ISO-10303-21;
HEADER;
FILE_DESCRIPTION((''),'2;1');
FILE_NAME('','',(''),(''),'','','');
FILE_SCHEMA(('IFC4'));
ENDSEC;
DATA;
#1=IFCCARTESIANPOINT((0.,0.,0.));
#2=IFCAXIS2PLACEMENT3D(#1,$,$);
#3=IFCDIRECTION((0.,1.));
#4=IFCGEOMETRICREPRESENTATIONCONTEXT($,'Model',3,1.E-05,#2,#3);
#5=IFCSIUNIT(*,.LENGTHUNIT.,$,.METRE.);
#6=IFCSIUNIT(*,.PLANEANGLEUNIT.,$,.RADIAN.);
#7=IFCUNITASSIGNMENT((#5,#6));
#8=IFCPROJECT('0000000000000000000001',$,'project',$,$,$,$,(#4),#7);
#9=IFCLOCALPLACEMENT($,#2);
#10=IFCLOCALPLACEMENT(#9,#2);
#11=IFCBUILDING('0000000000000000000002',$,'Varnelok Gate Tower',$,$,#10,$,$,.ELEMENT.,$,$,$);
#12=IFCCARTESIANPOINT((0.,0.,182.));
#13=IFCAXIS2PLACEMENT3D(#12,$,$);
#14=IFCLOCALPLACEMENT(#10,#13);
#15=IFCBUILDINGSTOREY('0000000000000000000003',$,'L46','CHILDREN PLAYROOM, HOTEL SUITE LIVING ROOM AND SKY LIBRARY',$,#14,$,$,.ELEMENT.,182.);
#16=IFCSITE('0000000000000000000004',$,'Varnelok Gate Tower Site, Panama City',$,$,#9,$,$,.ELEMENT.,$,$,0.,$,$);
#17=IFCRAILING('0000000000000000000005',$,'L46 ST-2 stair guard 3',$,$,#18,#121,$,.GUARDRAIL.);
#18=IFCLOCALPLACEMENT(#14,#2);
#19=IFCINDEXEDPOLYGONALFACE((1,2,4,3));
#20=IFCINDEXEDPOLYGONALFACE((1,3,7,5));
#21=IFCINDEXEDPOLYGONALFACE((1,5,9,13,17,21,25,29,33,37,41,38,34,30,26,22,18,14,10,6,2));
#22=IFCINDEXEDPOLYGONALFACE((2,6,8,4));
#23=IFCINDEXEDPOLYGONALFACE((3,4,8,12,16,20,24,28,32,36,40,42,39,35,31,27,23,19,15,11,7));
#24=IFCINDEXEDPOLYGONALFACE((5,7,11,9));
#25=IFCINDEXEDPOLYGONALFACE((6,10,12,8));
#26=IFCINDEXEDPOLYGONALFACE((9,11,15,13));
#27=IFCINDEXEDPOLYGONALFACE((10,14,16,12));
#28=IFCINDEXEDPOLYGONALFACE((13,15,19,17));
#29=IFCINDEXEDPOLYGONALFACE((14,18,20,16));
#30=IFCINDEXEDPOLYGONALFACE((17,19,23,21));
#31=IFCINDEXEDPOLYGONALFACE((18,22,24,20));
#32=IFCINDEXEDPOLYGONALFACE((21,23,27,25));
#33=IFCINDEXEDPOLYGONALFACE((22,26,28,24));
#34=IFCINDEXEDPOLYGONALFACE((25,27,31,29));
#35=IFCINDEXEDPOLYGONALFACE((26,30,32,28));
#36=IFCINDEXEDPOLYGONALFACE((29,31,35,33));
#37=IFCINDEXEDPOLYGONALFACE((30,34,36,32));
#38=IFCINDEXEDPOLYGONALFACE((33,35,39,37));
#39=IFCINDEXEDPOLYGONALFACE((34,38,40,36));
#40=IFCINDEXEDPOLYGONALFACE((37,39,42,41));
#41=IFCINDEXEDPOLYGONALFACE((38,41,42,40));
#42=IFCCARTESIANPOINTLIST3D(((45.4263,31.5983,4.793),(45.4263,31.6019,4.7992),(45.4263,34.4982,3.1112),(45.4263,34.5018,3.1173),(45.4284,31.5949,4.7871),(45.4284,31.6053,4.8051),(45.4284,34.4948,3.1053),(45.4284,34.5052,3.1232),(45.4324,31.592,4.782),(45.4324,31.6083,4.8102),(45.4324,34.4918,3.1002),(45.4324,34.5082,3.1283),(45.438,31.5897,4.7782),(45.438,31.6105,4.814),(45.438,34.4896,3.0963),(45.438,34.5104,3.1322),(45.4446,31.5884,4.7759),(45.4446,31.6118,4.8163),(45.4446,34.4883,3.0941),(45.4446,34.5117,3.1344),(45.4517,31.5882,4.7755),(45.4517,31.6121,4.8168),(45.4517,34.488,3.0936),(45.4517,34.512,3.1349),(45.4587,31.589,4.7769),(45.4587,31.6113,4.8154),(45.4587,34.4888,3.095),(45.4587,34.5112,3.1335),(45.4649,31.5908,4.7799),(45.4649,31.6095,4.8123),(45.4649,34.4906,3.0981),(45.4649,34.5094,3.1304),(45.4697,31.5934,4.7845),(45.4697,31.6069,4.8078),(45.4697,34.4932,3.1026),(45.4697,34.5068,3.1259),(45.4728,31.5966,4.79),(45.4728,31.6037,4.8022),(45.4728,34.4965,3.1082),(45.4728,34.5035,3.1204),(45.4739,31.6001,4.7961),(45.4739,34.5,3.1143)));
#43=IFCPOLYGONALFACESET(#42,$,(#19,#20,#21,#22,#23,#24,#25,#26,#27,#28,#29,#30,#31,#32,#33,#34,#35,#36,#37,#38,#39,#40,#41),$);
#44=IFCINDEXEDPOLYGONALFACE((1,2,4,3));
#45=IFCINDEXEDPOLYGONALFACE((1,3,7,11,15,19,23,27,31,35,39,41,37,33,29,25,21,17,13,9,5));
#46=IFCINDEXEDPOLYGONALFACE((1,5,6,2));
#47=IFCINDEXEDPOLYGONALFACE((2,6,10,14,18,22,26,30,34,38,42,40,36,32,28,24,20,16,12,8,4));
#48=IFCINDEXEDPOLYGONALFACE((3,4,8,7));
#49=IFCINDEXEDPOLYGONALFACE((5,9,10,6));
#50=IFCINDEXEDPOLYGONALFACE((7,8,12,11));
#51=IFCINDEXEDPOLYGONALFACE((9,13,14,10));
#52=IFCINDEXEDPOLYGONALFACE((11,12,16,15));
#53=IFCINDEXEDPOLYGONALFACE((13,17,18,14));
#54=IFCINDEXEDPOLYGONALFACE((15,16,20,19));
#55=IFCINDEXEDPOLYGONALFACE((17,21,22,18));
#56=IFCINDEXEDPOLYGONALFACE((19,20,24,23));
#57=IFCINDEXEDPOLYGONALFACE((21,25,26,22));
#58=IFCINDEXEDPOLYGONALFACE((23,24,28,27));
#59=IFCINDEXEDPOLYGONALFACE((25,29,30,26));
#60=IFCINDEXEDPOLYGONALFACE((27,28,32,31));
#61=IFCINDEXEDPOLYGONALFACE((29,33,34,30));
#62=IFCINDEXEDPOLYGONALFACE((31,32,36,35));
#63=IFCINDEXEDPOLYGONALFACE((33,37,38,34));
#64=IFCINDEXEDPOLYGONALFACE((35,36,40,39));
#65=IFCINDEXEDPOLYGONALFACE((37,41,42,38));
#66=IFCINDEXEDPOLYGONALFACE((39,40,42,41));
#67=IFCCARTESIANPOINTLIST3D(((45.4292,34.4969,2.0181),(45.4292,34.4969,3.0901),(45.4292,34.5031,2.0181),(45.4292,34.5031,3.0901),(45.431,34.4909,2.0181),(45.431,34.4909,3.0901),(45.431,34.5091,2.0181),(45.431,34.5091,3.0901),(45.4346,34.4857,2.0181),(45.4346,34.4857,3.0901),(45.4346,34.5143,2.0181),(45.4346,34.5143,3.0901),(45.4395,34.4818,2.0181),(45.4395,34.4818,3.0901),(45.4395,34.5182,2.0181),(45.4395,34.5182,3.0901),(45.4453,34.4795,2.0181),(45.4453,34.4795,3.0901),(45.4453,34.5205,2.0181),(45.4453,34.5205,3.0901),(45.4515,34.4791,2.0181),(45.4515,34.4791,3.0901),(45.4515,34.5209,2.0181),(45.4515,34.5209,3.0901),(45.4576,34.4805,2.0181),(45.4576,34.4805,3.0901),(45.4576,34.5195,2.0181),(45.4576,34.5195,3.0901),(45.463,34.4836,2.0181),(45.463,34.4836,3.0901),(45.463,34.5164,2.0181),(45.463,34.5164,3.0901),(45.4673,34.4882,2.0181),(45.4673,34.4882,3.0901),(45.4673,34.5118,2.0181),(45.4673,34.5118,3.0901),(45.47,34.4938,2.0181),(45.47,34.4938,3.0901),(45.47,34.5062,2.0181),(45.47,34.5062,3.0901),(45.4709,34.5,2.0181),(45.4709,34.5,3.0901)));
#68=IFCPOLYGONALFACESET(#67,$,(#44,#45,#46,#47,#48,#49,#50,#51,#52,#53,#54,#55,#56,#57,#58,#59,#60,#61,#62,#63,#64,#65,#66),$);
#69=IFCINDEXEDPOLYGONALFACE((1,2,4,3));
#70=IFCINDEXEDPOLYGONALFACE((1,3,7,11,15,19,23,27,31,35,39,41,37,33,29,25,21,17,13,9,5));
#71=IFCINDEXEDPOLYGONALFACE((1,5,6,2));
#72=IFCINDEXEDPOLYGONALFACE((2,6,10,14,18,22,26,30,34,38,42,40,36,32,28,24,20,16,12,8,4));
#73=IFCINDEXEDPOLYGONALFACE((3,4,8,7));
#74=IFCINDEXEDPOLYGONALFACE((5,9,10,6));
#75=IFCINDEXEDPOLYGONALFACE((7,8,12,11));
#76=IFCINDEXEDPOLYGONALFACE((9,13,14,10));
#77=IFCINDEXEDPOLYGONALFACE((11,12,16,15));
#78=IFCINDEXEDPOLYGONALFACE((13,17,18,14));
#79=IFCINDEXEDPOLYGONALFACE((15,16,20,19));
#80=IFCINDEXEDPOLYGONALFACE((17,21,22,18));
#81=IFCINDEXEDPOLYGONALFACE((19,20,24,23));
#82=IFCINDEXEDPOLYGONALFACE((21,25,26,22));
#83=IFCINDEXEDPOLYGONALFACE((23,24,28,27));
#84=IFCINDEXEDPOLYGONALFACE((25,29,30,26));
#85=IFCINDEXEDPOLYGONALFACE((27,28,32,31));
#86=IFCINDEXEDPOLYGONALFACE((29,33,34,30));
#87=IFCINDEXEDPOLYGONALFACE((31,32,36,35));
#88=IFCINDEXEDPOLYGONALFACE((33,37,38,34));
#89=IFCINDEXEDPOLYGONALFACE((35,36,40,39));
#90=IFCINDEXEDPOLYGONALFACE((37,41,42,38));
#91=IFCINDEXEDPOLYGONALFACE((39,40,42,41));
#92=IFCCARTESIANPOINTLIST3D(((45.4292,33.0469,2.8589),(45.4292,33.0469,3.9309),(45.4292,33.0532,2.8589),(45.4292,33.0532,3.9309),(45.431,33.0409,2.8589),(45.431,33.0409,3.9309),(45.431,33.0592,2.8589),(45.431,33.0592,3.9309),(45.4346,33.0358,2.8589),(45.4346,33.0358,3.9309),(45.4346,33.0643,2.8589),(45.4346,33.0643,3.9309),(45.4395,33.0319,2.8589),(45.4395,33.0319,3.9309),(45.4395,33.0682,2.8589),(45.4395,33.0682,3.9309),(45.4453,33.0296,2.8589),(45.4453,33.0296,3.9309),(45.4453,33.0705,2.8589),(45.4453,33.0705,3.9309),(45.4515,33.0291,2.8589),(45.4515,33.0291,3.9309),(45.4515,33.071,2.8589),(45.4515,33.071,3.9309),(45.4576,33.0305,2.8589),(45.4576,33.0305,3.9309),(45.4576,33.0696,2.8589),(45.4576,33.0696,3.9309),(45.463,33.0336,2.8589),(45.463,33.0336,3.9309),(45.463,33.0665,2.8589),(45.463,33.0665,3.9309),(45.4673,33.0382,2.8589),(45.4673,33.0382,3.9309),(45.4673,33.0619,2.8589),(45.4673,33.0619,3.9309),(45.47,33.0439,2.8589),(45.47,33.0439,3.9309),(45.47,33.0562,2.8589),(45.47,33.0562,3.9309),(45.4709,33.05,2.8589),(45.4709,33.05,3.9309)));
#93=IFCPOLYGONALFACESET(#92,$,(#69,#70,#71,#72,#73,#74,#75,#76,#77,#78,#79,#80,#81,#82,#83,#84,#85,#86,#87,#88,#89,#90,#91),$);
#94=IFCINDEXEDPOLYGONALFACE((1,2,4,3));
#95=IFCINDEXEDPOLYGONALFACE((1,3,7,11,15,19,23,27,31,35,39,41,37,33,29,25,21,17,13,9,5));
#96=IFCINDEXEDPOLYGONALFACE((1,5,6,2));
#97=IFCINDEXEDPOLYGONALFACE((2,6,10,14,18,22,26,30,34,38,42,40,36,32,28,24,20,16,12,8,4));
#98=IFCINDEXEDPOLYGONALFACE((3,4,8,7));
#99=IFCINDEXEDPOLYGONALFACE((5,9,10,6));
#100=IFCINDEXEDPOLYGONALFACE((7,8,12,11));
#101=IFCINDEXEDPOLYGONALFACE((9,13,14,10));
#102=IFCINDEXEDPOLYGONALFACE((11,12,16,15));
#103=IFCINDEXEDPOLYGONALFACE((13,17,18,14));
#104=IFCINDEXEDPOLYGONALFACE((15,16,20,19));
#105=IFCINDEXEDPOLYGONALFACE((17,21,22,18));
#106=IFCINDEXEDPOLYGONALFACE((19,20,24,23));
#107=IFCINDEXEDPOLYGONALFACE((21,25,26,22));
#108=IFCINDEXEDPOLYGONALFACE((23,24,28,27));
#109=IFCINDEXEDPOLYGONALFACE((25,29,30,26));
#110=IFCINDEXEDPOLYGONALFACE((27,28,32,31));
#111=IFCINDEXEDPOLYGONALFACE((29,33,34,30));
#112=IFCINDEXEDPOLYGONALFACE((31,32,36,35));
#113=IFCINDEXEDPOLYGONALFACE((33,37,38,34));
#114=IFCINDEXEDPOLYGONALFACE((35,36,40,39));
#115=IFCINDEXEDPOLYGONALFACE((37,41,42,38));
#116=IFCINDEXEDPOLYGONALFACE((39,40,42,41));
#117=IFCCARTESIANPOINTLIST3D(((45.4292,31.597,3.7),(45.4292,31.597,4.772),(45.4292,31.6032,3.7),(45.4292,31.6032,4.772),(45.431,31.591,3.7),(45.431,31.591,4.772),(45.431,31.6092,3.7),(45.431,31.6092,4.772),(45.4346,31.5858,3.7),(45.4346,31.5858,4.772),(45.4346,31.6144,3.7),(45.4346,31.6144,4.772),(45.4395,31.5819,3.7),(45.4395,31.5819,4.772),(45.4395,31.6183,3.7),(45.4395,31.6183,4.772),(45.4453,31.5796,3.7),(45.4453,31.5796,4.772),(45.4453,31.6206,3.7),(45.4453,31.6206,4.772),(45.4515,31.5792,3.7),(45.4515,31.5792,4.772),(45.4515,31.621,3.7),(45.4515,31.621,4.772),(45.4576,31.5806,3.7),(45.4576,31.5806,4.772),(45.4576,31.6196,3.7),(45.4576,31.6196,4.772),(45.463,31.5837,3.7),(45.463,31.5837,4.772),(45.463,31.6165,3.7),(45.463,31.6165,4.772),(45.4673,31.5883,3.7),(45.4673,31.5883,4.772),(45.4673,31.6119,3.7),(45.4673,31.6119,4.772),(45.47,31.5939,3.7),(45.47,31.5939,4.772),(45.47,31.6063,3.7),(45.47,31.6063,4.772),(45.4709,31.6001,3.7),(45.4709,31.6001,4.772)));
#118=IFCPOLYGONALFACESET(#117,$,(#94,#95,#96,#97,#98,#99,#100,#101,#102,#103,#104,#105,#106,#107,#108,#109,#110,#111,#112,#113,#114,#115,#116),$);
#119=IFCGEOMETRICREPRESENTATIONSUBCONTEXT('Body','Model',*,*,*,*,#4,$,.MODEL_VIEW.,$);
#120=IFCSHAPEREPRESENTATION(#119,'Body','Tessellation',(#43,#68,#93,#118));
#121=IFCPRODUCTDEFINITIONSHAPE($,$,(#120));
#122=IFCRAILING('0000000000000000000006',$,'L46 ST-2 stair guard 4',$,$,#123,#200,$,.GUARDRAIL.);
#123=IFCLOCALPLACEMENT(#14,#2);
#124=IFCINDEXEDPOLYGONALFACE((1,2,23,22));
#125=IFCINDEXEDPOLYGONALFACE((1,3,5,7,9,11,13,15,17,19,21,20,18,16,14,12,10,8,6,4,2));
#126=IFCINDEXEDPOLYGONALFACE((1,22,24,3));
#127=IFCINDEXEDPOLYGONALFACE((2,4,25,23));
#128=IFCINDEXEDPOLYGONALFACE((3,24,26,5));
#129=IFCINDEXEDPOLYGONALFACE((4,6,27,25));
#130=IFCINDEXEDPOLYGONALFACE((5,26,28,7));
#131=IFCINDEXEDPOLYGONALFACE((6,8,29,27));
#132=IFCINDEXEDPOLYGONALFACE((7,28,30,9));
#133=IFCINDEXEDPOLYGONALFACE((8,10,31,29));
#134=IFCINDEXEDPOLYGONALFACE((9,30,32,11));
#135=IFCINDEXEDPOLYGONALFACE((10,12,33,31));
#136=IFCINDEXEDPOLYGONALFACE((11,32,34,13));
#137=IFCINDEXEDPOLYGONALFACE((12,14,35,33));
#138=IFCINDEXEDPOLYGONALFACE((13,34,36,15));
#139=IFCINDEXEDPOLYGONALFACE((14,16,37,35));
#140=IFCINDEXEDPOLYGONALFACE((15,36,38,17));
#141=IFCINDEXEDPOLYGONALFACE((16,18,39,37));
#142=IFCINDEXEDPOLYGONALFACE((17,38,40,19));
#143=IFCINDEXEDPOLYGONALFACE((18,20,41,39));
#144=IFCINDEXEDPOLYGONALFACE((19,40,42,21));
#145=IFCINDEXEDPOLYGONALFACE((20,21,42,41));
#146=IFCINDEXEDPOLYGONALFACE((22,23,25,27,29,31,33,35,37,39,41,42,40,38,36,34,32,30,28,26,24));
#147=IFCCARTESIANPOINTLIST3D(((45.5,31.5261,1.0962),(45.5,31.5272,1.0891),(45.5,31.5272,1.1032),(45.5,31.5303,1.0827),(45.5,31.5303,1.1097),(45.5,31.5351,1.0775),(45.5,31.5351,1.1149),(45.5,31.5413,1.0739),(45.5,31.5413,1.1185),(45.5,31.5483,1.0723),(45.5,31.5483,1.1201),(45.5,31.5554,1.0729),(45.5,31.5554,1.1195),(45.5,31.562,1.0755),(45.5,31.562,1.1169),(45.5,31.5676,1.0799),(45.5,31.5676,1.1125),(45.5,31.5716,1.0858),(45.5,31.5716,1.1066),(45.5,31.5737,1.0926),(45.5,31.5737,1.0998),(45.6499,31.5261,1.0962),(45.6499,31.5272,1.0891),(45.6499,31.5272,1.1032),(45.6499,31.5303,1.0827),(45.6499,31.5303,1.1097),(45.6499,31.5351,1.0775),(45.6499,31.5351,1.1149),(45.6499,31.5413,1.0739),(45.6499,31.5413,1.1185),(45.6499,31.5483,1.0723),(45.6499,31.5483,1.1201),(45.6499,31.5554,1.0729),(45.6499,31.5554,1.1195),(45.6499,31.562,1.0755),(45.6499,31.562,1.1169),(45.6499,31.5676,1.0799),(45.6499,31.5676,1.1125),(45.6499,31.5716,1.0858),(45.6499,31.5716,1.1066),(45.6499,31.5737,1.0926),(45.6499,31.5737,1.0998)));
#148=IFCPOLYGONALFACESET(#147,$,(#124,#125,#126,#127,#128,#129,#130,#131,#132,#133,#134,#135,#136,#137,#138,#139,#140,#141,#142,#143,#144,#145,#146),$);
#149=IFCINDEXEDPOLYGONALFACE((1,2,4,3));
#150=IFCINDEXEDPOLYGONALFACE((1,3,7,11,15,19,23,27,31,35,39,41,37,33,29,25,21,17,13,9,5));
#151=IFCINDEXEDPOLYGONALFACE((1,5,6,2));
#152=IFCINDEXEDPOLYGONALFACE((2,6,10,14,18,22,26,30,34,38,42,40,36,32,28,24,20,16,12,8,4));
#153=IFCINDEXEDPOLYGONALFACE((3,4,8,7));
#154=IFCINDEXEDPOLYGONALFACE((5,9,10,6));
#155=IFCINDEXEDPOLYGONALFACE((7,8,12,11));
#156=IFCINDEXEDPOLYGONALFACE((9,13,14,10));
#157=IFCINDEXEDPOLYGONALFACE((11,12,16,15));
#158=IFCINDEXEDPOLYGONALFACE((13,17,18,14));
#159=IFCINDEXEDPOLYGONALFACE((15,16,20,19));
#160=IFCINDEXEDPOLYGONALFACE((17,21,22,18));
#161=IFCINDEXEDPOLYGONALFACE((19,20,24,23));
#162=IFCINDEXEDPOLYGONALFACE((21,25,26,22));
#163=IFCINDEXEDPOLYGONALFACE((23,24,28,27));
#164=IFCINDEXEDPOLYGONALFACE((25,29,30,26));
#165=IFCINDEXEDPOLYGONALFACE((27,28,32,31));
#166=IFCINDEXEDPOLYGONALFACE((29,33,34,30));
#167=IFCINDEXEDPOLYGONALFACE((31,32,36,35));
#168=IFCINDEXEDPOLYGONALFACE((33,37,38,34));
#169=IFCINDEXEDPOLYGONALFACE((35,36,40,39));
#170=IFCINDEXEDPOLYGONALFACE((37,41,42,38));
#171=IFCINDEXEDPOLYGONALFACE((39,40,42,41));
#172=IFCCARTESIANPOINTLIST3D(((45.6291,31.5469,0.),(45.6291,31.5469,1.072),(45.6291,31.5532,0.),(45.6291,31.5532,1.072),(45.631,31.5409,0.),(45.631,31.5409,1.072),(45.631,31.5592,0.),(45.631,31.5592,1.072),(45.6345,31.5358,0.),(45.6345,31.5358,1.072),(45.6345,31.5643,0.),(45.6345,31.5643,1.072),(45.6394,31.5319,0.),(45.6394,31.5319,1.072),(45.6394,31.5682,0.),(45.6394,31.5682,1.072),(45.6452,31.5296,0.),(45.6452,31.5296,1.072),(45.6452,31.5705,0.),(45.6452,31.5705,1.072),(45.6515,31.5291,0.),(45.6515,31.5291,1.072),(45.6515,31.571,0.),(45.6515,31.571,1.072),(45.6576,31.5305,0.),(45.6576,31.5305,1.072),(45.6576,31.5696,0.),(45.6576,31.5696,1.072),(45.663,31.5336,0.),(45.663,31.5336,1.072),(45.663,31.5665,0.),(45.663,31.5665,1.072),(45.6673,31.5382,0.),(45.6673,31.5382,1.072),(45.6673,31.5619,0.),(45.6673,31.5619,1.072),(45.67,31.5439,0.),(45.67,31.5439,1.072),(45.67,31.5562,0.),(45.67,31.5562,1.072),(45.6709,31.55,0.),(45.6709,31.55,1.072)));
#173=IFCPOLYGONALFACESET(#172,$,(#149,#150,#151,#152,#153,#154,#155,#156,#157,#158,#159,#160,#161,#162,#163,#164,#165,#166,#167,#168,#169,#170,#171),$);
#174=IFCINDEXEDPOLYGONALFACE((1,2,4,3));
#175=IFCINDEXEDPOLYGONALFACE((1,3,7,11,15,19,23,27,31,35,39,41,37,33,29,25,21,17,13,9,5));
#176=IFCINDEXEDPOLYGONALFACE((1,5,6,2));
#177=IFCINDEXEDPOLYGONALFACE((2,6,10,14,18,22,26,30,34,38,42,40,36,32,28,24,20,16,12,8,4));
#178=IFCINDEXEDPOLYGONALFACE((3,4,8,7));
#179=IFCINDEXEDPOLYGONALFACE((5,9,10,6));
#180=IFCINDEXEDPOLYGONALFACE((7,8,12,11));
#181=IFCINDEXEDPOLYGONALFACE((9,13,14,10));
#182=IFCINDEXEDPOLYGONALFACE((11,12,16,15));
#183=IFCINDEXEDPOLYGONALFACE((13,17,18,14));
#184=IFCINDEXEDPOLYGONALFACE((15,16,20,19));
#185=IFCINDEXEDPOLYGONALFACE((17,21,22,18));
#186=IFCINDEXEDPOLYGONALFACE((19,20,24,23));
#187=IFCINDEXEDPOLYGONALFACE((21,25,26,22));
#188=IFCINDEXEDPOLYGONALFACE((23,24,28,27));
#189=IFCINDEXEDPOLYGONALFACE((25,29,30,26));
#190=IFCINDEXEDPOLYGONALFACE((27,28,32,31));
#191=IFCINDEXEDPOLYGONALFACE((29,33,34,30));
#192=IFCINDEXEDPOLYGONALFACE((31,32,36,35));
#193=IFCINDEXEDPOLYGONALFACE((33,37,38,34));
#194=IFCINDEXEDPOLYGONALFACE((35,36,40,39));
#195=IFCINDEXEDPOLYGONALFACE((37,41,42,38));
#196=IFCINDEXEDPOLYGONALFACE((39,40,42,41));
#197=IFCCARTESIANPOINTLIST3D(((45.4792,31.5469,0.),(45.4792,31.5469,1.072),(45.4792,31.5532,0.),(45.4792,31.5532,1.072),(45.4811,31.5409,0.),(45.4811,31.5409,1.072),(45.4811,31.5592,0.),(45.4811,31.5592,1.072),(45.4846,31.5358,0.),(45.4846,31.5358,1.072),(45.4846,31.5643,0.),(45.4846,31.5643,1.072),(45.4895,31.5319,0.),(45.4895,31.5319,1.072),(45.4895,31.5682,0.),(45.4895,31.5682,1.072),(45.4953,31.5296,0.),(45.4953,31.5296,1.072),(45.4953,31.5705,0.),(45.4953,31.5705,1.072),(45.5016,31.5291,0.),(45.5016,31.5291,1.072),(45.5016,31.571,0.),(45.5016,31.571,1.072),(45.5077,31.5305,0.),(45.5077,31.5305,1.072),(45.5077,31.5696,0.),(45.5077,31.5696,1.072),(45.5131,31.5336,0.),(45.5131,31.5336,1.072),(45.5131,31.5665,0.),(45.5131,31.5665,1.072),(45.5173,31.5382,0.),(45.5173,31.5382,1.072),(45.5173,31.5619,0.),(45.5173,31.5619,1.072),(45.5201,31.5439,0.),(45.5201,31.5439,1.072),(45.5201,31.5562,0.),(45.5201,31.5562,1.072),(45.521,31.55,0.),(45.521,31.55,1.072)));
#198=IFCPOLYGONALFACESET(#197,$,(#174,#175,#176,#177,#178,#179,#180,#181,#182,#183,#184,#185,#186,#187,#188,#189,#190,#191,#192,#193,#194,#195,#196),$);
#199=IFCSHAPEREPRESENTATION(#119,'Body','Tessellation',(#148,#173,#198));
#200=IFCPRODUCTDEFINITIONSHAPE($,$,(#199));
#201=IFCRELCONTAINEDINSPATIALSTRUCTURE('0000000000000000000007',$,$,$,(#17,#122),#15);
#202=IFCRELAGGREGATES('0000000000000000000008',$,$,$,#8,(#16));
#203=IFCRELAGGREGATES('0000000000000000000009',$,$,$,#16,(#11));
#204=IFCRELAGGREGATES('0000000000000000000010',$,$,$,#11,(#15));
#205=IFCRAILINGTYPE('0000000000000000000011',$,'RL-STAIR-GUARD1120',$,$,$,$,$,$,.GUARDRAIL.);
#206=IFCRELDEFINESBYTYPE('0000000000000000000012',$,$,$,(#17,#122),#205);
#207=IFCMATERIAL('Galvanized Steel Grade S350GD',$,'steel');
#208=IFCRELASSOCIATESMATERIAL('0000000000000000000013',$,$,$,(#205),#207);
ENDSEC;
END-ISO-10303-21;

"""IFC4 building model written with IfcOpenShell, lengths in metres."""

from ifc_helpers import new_model, si_unit, direction, frame, origin, origin_2d, place, context, subcontext, project, spatial, circle, extrude, material, type_object, element, save


model = new_model("IFC4")

# Units and contexts
model_context = context("Model", 3, precision=1e-05, world=origin(), true_north=direction((0.0, 1.0)))
body_context = subcontext(model_context, "Body", "Model", "MODEL_VIEW")
ifc_project = project(units=[si_unit("LENGTHUNIT", "METRE"), si_unit("PLANEANGLEUNIT", "RADIAN")], contexts=[model_context])

# Site, building, storey
site_placement = place(None, origin())
site = spatial("IfcSite", under=ifc_project, at=site_placement, Name="Varnelok Gate Tower Site, Panama City", CompositionType="ELEMENT", RefElevation=0.0)
building_placement = place(site_placement, origin())
building = spatial("IfcBuilding", under=site, at=building_placement, Name="Varnelok Gate Tower", CompositionType="ELEMENT")
storey_placement = place(building_placement, frame((0.0, 0.0, 182.0)))
storey = spatial("IfcBuildingStorey", under=building, at=storey_placement, Name="L46", Description="CHILDREN PLAYROOM, HOTEL SUITE LIVING ROOM AND SKY LIBRARY", CompositionType="ELEMENT", Elevation=182.0)

# Shared definitions
ifc_material_1 = material(Name="Galvanized Steel Grade S350GD", Category="steel")

# Railings
railing_type_1 = type_object("IfcRailingType", Name="RL-STAIR-GUARD1120", PredefinedType="GUARDRAIL", material=ifc_material_1)
railing_1_placement = place(storey_placement, frame((45.45, 34.5, 2.0181)))
element("IfcRailing", 1, at=railing_1_placement, inside=storey, type_object=railing_type_1, Name="L46 ST-2 stair guard 3", PredefinedType="GUARDRAIL", context=body_context, shape_type="SweptSolid", body=[
    extrude(circle(Radius=0.0239, at=origin_2d()), frame((0.0, 0.0, 1.0962), z_axis=(0.0, -0.865039, 0.501705), x_axis=(1.0, 0.0, 0.0)), (0.0, 0.0, 1.0), 3.3523),
    extrude(circle(Radius=0.021, at=origin_2d()), origin(), (0.0, 0.0, 1.0), 1.072),
    extrude(circle(Radius=0.021, at=origin_2d()), frame((0.0, -1.45, 0.8408)), (0.0, 0.0, 1.0), 1.072),
    extrude(circle(Radius=0.021, at=origin_2d()), frame((0.0, -2.8999, 1.6819)), (0.0, 0.0, 1.0), 1.072),
])
railing_2_placement = place(storey_placement, frame((45.6499, 31.55, 0.0)))
element("IfcRailing", 2, at=railing_2_placement, inside=storey, type_object=railing_type_1, Name="L46 ST-2 stair guard 4", PredefinedType="GUARDRAIL", context=body_context, shape_type="SweptSolid", body=[
    extrude(circle(Radius=0.0239, at=origin_2d()), frame((0.0, 0.0, 1.0962), z_axis=(-1.0, 0.0, 0.0), x_axis=(0.0, -1.0, 0.0)), (0.0, 0.0, 1.0), 0.1499),
    extrude(circle(Radius=0.021, at=origin_2d()), origin(), (0.0, 0.0, 1.0), 1.072),
    extrude(circle(Radius=0.021, at=origin_2d()), frame((-0.1499, 0.0, 0.0)), (0.0, 0.0, 1.0), 1.072),
])

save(model, "model.ifc")
